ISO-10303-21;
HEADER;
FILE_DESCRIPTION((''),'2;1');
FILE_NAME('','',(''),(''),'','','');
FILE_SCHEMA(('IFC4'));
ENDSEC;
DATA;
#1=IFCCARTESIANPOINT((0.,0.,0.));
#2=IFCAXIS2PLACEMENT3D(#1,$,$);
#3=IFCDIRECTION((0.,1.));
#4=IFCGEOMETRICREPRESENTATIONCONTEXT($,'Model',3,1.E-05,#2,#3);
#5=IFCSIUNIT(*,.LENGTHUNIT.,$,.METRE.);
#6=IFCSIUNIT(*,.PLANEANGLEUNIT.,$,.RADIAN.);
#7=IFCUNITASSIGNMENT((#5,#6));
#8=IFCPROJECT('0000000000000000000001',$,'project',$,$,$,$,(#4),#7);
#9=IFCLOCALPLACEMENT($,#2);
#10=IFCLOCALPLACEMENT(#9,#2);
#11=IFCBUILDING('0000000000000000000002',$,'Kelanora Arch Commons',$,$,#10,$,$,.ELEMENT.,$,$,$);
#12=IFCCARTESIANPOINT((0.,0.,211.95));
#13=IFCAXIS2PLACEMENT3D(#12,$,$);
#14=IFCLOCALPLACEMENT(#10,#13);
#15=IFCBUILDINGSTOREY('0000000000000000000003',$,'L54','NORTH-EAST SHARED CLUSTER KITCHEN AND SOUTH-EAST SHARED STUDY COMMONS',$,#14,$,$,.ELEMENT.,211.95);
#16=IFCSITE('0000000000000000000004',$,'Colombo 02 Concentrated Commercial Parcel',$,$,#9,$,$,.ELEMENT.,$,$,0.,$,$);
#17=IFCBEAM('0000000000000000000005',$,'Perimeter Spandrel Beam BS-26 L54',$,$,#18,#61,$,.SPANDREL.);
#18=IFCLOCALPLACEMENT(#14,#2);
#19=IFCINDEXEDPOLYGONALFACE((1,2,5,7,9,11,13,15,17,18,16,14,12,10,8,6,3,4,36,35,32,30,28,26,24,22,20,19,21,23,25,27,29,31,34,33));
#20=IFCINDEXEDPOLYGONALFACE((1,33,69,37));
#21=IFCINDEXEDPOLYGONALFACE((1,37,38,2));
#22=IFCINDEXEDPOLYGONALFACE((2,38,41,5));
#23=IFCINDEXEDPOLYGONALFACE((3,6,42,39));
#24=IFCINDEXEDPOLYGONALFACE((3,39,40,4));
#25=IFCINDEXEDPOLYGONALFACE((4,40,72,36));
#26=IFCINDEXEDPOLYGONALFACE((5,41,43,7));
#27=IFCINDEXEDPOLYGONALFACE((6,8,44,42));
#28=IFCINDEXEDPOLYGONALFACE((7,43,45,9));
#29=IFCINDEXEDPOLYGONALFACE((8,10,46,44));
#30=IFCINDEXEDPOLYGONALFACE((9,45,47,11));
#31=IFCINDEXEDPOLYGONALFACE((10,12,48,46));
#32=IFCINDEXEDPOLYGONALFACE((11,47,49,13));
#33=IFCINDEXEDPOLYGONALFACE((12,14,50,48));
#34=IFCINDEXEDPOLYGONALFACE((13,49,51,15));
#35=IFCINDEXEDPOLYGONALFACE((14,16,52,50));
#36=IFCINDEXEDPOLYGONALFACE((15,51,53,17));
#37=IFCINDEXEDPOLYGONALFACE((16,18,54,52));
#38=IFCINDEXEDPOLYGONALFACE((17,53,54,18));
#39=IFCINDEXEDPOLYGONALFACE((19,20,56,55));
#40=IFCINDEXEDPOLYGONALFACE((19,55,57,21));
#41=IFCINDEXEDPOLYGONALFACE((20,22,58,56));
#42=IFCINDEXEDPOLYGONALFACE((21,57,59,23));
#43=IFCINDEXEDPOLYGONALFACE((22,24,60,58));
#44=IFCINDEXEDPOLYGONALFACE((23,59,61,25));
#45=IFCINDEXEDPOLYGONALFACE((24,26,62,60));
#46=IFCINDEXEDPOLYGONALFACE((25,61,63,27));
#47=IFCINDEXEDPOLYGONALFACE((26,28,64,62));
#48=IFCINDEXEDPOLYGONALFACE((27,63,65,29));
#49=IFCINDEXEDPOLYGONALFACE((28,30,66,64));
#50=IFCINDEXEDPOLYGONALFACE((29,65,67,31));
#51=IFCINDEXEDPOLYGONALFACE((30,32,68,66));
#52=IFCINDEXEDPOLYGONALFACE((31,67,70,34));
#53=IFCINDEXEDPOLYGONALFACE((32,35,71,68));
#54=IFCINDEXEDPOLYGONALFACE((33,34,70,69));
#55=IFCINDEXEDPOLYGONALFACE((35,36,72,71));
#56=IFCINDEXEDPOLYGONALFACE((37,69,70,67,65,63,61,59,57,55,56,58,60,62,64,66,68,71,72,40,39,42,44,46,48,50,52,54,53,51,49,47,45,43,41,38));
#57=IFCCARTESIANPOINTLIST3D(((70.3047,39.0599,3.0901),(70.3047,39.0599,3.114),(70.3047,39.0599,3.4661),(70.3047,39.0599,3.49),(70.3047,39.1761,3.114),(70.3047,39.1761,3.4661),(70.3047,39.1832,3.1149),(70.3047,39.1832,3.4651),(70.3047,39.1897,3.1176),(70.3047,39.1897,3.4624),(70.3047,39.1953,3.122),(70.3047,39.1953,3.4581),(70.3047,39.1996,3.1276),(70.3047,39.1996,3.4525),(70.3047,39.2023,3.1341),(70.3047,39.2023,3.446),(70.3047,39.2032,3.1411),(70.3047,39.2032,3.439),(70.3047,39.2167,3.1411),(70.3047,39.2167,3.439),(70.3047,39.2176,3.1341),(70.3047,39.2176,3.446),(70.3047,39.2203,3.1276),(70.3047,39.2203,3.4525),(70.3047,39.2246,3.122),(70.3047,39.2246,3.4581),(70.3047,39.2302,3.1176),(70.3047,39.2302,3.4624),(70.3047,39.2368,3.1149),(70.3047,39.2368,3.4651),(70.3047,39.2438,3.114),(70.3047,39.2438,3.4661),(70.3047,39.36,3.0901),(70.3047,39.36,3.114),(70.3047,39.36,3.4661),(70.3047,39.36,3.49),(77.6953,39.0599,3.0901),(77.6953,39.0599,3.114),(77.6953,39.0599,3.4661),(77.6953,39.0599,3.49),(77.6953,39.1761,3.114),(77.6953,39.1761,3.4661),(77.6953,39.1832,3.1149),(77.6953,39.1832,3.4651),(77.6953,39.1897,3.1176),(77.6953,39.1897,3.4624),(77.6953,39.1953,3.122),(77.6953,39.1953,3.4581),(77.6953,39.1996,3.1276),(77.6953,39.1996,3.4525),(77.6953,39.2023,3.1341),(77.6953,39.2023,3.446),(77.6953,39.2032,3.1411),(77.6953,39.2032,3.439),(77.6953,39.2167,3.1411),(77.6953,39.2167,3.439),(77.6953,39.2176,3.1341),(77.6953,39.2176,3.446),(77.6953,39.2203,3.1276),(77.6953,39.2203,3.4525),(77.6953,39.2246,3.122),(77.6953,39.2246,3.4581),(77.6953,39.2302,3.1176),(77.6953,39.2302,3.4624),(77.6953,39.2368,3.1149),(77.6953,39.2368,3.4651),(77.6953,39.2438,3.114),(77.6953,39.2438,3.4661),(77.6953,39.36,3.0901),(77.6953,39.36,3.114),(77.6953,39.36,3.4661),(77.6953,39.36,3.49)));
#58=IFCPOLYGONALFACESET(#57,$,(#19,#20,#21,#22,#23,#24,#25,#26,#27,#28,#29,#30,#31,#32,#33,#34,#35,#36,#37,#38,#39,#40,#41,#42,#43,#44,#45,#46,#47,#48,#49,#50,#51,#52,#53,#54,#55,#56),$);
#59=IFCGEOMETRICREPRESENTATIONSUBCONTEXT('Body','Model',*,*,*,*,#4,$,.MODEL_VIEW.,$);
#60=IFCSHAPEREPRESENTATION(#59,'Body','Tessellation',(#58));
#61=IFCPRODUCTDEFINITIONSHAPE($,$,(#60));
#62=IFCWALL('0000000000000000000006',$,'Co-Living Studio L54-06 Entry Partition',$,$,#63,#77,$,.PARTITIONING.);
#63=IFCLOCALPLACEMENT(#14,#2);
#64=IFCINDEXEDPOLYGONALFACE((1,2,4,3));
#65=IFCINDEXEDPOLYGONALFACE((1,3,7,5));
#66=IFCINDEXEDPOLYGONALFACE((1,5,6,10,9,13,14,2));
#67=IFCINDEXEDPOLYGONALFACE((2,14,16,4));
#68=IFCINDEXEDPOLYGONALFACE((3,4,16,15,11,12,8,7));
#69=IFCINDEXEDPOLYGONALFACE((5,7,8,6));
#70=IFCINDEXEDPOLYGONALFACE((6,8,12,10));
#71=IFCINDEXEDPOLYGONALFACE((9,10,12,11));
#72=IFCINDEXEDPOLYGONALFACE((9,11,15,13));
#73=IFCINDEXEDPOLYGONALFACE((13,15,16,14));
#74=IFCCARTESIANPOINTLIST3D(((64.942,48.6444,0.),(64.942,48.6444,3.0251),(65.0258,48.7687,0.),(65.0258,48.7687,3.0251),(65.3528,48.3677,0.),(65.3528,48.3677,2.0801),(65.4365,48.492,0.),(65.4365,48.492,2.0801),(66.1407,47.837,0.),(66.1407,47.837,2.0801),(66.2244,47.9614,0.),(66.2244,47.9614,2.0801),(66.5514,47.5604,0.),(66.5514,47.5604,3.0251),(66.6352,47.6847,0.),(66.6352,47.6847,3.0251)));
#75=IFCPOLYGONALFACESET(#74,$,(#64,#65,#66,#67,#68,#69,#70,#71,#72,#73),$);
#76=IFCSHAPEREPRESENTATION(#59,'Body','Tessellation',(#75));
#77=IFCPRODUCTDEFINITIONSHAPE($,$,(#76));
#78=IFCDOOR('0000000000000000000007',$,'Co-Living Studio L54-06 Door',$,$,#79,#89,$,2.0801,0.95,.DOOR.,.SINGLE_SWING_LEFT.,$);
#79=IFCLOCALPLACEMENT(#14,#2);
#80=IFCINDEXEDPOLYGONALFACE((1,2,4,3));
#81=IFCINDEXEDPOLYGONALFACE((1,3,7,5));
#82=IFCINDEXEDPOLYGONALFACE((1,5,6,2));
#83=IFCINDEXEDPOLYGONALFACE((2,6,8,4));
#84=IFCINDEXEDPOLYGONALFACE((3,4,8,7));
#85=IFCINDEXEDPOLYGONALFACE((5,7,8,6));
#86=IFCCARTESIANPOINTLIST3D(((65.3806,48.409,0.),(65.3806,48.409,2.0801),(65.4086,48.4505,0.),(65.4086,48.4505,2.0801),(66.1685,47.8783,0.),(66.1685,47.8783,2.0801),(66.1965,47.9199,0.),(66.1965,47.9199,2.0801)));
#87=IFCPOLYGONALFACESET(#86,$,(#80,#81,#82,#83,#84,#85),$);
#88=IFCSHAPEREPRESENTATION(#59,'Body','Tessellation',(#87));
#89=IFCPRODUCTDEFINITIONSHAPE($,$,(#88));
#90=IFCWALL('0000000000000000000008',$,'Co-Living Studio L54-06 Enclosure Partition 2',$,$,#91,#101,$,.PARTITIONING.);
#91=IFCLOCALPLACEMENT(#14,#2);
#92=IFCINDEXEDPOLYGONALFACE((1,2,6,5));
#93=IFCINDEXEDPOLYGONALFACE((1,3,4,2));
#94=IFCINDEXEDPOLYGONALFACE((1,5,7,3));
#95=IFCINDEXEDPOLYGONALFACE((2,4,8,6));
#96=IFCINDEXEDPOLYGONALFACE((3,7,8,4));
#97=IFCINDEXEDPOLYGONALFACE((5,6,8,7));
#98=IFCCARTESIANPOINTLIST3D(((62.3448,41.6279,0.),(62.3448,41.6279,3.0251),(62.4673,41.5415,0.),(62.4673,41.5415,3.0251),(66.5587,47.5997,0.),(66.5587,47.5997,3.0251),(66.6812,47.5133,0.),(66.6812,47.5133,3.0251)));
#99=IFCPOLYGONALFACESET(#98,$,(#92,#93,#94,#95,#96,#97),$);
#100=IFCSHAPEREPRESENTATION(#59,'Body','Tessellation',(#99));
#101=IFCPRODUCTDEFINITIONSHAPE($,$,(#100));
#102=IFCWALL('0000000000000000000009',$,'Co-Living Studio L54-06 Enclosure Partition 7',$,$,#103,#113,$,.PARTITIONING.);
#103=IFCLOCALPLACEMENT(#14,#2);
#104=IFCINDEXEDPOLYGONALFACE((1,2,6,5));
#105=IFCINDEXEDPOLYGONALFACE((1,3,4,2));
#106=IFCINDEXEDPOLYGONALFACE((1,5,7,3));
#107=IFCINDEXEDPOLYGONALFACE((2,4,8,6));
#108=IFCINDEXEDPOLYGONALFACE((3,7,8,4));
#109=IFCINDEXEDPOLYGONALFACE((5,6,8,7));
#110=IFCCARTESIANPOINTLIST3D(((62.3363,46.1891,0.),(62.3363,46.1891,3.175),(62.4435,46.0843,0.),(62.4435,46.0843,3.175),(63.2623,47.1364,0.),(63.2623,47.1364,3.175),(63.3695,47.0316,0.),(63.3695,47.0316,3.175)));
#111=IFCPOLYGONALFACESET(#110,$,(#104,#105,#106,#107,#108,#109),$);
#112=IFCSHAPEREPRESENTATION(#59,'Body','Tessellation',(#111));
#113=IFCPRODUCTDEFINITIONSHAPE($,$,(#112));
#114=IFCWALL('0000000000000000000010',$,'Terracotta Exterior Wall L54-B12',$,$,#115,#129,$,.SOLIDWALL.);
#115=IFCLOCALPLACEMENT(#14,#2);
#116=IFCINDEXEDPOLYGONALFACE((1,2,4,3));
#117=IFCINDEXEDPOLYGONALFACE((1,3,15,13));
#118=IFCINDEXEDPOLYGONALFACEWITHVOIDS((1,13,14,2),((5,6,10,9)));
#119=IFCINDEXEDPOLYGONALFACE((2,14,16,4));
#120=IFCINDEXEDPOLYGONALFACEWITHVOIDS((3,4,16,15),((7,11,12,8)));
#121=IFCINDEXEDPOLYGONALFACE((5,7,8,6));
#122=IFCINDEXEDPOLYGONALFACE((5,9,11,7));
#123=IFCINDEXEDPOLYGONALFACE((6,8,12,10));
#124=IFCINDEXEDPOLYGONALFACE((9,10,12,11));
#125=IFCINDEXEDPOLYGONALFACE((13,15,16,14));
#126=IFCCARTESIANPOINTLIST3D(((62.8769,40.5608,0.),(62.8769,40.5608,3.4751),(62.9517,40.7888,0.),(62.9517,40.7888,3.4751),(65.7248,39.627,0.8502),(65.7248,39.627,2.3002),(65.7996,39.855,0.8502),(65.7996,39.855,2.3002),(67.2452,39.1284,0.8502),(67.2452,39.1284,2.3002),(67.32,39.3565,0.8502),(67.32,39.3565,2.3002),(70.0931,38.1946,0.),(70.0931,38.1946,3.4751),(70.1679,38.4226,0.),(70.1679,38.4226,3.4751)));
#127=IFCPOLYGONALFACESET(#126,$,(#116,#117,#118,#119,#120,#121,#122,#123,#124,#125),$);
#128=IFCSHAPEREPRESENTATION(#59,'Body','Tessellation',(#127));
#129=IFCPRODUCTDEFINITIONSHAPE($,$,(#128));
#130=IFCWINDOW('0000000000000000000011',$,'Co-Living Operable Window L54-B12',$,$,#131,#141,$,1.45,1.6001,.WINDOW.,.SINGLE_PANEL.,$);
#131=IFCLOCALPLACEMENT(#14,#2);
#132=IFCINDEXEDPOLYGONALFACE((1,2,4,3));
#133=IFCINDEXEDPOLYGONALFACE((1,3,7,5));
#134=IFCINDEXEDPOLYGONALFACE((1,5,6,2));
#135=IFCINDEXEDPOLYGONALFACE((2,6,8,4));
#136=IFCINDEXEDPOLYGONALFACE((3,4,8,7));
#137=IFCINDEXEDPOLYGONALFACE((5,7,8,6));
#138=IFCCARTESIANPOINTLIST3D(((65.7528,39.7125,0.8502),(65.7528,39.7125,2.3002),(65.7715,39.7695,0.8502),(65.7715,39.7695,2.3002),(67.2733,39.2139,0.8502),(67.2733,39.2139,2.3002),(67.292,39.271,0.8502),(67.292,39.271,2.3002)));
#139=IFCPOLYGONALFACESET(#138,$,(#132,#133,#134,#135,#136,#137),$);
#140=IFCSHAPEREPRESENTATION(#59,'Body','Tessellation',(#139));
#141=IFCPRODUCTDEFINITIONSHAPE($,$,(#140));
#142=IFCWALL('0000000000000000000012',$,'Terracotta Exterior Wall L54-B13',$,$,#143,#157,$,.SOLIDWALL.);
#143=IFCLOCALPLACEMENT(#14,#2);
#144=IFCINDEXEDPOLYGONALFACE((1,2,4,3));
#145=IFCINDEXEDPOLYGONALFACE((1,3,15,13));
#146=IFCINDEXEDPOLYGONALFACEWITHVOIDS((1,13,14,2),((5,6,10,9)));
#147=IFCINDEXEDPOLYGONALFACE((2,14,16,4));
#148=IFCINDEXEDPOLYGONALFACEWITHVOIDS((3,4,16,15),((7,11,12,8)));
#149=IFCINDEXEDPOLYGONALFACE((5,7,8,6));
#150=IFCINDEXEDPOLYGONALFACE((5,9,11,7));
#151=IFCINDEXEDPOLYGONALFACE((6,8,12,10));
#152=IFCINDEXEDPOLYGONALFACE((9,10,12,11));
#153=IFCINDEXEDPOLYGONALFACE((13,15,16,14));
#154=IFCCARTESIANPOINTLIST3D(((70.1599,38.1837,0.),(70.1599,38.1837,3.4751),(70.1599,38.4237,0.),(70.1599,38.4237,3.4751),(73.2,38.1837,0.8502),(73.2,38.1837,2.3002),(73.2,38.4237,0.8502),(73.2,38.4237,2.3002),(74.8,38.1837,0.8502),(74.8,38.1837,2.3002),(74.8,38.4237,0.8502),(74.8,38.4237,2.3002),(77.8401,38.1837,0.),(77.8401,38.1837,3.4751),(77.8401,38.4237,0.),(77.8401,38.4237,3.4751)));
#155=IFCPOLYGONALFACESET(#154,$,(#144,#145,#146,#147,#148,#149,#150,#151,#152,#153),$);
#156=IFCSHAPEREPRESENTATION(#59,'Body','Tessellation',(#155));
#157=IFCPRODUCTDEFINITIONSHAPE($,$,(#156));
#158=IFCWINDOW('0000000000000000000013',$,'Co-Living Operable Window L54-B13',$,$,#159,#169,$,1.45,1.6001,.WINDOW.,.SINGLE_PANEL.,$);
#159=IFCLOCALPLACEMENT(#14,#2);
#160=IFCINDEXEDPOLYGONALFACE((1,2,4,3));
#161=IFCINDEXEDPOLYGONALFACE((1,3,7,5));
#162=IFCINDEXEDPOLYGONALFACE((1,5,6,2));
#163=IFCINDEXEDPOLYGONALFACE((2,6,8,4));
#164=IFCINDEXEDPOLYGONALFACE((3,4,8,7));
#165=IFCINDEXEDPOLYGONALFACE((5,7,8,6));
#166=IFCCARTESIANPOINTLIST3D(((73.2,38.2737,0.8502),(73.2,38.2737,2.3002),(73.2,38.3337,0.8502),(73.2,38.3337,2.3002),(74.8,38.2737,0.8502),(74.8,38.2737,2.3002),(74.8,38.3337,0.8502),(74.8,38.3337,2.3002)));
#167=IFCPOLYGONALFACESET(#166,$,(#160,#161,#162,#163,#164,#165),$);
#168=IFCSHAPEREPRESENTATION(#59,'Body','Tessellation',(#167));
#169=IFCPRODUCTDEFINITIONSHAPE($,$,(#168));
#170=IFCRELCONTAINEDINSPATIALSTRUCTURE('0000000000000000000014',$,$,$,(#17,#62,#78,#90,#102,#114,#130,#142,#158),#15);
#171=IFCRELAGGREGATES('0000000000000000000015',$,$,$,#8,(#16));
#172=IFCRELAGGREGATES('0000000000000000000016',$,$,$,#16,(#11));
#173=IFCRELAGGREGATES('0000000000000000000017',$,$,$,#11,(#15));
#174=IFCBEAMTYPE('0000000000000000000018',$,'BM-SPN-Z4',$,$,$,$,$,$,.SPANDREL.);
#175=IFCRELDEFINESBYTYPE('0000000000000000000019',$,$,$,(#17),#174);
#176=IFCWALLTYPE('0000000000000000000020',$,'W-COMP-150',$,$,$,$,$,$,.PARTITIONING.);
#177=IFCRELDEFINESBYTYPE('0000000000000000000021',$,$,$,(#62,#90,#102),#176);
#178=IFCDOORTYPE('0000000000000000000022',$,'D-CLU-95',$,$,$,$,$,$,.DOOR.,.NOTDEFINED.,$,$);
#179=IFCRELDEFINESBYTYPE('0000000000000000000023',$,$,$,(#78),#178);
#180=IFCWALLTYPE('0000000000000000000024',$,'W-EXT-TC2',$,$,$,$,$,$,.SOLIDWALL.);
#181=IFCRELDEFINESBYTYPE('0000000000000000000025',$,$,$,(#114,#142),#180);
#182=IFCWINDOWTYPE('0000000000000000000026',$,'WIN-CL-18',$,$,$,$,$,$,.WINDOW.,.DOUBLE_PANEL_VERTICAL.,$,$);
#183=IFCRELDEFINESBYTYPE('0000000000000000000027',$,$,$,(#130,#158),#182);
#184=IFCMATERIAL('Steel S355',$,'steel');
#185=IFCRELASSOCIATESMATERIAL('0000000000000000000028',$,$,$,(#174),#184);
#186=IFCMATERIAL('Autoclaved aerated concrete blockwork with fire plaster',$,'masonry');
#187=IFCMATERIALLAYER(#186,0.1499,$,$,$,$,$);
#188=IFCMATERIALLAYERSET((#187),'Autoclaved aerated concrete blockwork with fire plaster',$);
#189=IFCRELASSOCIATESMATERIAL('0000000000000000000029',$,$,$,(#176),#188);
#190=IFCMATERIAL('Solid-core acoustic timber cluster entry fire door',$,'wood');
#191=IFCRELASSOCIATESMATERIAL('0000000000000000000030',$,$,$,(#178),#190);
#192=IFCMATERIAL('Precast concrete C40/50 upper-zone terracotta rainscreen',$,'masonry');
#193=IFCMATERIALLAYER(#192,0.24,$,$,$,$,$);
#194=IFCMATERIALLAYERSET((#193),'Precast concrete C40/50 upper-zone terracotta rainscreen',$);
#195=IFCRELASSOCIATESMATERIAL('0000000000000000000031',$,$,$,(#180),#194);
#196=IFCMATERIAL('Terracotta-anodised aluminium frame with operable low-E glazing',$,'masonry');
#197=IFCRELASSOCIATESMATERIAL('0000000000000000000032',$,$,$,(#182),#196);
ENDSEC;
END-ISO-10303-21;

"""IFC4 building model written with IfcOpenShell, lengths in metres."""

from ifc_helpers import new_model, si_unit, direction, frame, frame_2d, origin, origin_2d, place, context, subcontext, project, spatial, rectangle, i_section, extrude, material, layer, layer_set, material_profile, profile_set, type_object, element, fill, save


model = new_model("IFC4")

# Units and contexts
model_context = context("Model", 3, precision=1e-05, world=origin(), true_north=direction((0.0, 1.0)))
body_context = subcontext(model_context, "Body", "Model", "MODEL_VIEW")
ifc_project = project(units=[si_unit("LENGTHUNIT", "METRE"), si_unit("PLANEANGLEUNIT", "RADIAN")], contexts=[model_context])

# Site, building, storey
site_placement = place(None, origin())
site = spatial("IfcSite", under=ifc_project, at=site_placement, Name="Colombo 02 Concentrated Commercial Parcel", CompositionType="ELEMENT", RefElevation=0.0)
building_placement = place(site_placement, origin())
building = spatial("IfcBuilding", under=site, at=building_placement, Name="Kelanora Arch Commons", CompositionType="ELEMENT")
storey_placement = place(building_placement, frame((0.0, 0.0, 211.95)))
storey = spatial("IfcBuildingStorey", under=building, at=storey_placement, Name="L54", Description="NORTH-EAST SHARED CLUSTER KITCHEN AND SOUTH-EAST SHARED STUDY COMMONS", CompositionType="ELEMENT", Elevation=211.95)

# Beam
ifc_material_1 = material(Name="Steel S355", Category="steel")
ifc_material_profile_1 = material_profile(ifc_material_1, i_section(OverallWidth=0.3, OverallDepth=0.3999, WebThickness=0.0134, FlangeThickness=0.0239, FilletRadius=0.0271, at=origin_2d()), Name="HEB400")
ifc_profile_set_1 = profile_set([ifc_material_profile_1], Name="Steel S355")
beam_type_1 = type_object("IfcBeamType", Name="BM-SPN-Z4", PredefinedType="SPANDREL", material=ifc_profile_set_1)
beam_1_placement = place(storey_placement, frame((70.3047, 39.21, 3.29), z_axis=(1.0, 0.0, 0.0), x_axis=(0.0, 1.0, 0.0)))
element("IfcBeam", 1, at=beam_1_placement, inside=storey, type_object=beam_type_1, Name="Perimeter Spandrel Beam BS-26 L54", PredefinedType="SPANDREL", context=body_context, shape_type="SweptSolid", body=[
    extrude(i_section(OverallWidth=0.3, OverallDepth=0.3999, WebThickness=0.0134, FlangeThickness=0.0239, FilletRadius=0.0271, at=origin_2d()), origin(), (0.0, 0.0, 1.0), 7.3906),
])

# Wall, opening, door
ifc_material_2 = material(Name="Autoclaved aerated concrete blockwork with fire plaster", Category="masonry")
ifc_layer_1 = layer(ifc_material_2, 0.1499)
ifc_layer_set_1 = layer_set([ifc_layer_1], Name="Autoclaved aerated concrete blockwork with fire plaster")
wall_type_1 = type_object("IfcWallType", Name="W-COMP-150", PredefinedType="PARTITIONING", material=ifc_layer_set_1)
wall_1_placement = place(storey_placement, frame((64.9839, 48.7065, 0.0), z_axis=(0.0, 0.0, 1.0), x_axis=(0.829408, -0.558643, 0.0)))
wall_1 = element("IfcWall", 2, at=wall_1_placement, inside=storey, type_object=wall_type_1, Name="Co-Living Studio L54-06 Entry Partition", PredefinedType="PARTITIONING", context=body_context, shape_type="SweptSolid", body=[
    extrude(rectangle(XDim=1.9404, YDim=0.1499, at=frame_2d((0.9702, 0.0))), origin(), (0.0, 0.0, 1.0), 3.0251),
])
opening_1_placement = place(wall_1_placement, frame((0.4951, 0.0, 0.0)))
opening_1 = element("IfcOpeningElement", 3, at=opening_1_placement, cuts=wall_1, PredefinedType="OPENING", context=body_context, shape_type="SweptSolid", body=[
    extrude(rectangle(XDim=0.95, YDim=2.0801, at=frame_2d((0.4751, 1.04))), frame((0.0, 0.085, 0.0), z_axis=(0.0, -1.0, 0.0), x_axis=(1.0, 0.0, 0.0)), (0.0, 0.0, 1.0), 0.1699),
])
ifc_material_3 = material(Name="Solid-core acoustic timber cluster entry fire door", Category="wood")
door_type_1 = type_object("IfcDoorType", Name="D-CLU-95", OperationType="NOTDEFINED", PredefinedType="DOOR", material=ifc_material_3)
door_1_placement = place(opening_1_placement, origin())
door_1 = element("IfcDoor", 4, at=door_1_placement, inside=storey, type_object=door_type_1, Name="Co-Living Studio L54-06 Door", OperationType="SINGLE_SWING_LEFT", OverallHeight=2.0801, OverallWidth=0.95, PredefinedType="DOOR", context=body_context, shape_type="SweptSolid", body=[
    extrude(rectangle(XDim=0.95, YDim=2.0801, at=frame_2d((0.4751, 1.04))), frame((0.0, 0.0249, 0.0), z_axis=(0.0, -1.0, 0.0), x_axis=(1.0, 0.0, 0.0)), (0.0, 0.0, 1.0), 0.05),
])
fill(opening_1, door_1)

# Walls
wall_2_placement = place(storey_placement, frame((66.6199, 47.5564, 0.0), z_axis=(0.0, 0.0, 1.0), x_axis=(-0.576552, -0.81706, 0.0)))
element("IfcWall", 5, at=wall_2_placement, inside=storey, type_object=wall_type_1, Name="Co-Living Studio L54-06 Enclosure Partition 2", PredefinedType="PARTITIONING", context=body_context, shape_type="SweptSolid", body=[
    extrude(rectangle(XDim=7.3088, YDim=0.1499, at=frame_2d((3.6543, 0.0))), origin(), (0.0, 0.0, 1.0), 3.0251),
])
wall_3_placement = place(storey_placement, frame((62.3899, 46.1367, 0.0), z_axis=(0.0, 0.0, 1.0), x_axis=(0.699044, 0.715078, 0.0)))
element("IfcWall", 6, at=wall_3_placement, inside=storey, type_object=wall_type_1, Name="Co-Living Studio L54-06 Enclosure Partition 7", PredefinedType="PARTITIONING", context=body_context, shape_type="SweptSolid", body=[
    extrude(rectangle(XDim=1.3247, YDim=0.1499, at=frame_2d((0.6624, 0.0))), origin(), (0.0, 0.0, 1.0), 3.175),
])

# Walls, openings, windows
ifc_material_4 = material(Name="Precast concrete C40/50 upper-zone terracotta rainscreen", Category="masonry")
ifc_layer_2 = layer(ifc_material_4, 0.24)
ifc_layer_set_2 = layer_set([ifc_layer_2], Name="Precast concrete C40/50 upper-zone terracotta rainscreen")
wall_type_2 = type_object("IfcWallType", Name="W-EXT-TC2", PredefinedType="SOLIDWALL", material=ifc_layer_set_2)
wall_4_placement = place(storey_placement, frame((62.9143, 40.6748, 0.0), z_axis=(0.0, 0.0, 1.0), x_axis=(0.950221, -0.311575, 0.0)))
wall_4 = element("IfcWall", 7, at=wall_4_placement, inside=storey, type_object=wall_type_2, Name="Terracotta Exterior Wall L54-B12", PredefinedType="SOLIDWALL", context=body_context, shape_type="SweptSolid", body=[
    extrude(rectangle(XDim=7.5942, YDim=0.24, at=frame_2d((3.7971, 0.0))), origin(), (0.0, 0.0, 1.0), 3.4751),
])
opening_2_placement = place(wall_4_placement, frame((2.9971, 0.0, 0.8501)))
opening_2 = element("IfcOpeningElement", 8, at=opening_2_placement, cuts=wall_4, PredefinedType="OPENING", context=body_context, shape_type="SweptSolid", body=[
    extrude(rectangle(XDim=1.6001, YDim=1.45, at=frame_2d((0.8, 0.7251))), frame((0.0, 0.1299, 0.0), z_axis=(0.0, -1.0, 0.0), x_axis=(1.0, 0.0, 0.0)), (0.0, 0.0, 1.0), 0.26),
])
ifc_material_5 = material(Name="Terracotta-anodised aluminium frame with operable low-E glazing", Category="masonry")
window_type = type_object("IfcWindowType", Name="WIN-CL-18", PartitioningType="DOUBLE_PANEL_VERTICAL", PredefinedType="WINDOW", material=ifc_material_5)
window_1_placement = place(opening_2_placement, origin())
window_1 = element("IfcWindow", 9, at=window_1_placement, inside=storey, type_object=window_type, Name="Co-Living Operable Window L54-B12", OverallHeight=1.45, OverallWidth=1.6001, PartitioningType="SINGLE_PANEL", PredefinedType="WINDOW", context=body_context, shape_type="SweptSolid", body=[
    extrude(rectangle(XDim=1.6001, YDim=1.45, at=frame_2d((0.8, 0.7251))), frame((0.0, 0.03, 0.0), z_axis=(0.0, -1.0, 0.0), x_axis=(1.0, 0.0, 0.0)), (0.0, 0.0, 1.0), 0.0601),
])
fill(opening_2, window_1)
wall_5_placement = place(storey_placement, frame((70.1599, 38.3037, 0.0), z_axis=(0.0, 0.0, 1.0), x_axis=(1.0, 0.0, 0.0)))
wall_5 = element("IfcWall", 10, at=wall_5_placement, inside=storey, type_object=wall_type_2, Name="Terracotta Exterior Wall L54-B13", PredefinedType="SOLIDWALL", context=body_context, shape_type="SweptSolid", body=[
    extrude(rectangle(XDim=7.6802, YDim=0.24, at=frame_2d((3.8401, 0.0))), origin(), (0.0, 0.0, 1.0), 3.4751),
])
opening_3_placement = place(wall_5_placement, frame((3.04, 0.0, 0.8501)))
opening_3 = element("IfcOpeningElement", 11, at=opening_3_placement, cuts=wall_5, PredefinedType="OPENING", context=body_context, shape_type="SweptSolid", body=[
    extrude(rectangle(XDim=1.6001, YDim=1.45, at=frame_2d((0.8, 0.7251))), frame((0.0, 0.1299, 0.0), z_axis=(0.0, -1.0, 0.0), x_axis=(1.0, 0.0, 0.0)), (0.0, 0.0, 1.0), 0.26),
])
window_2_placement = place(opening_3_placement, origin())
window_2 = element("IfcWindow", 12, at=window_2_placement, inside=storey, type_object=window_type, Name="Co-Living Operable Window L54-B13", OverallHeight=1.45, OverallWidth=1.6001, PartitioningType="SINGLE_PANEL", PredefinedType="WINDOW", context=body_context, shape_type="SweptSolid", body=[
    extrude(rectangle(XDim=1.6001, YDim=1.45, at=frame_2d((0.8, 0.7251))), frame((0.0, 0.03, 0.0), z_axis=(0.0, -1.0, 0.0), x_axis=(1.0, 0.0, 0.0)), (0.0, 0.0, 1.0), 0.0601),
])
fill(opening_3, window_2)

save(model, "model.ifc")
